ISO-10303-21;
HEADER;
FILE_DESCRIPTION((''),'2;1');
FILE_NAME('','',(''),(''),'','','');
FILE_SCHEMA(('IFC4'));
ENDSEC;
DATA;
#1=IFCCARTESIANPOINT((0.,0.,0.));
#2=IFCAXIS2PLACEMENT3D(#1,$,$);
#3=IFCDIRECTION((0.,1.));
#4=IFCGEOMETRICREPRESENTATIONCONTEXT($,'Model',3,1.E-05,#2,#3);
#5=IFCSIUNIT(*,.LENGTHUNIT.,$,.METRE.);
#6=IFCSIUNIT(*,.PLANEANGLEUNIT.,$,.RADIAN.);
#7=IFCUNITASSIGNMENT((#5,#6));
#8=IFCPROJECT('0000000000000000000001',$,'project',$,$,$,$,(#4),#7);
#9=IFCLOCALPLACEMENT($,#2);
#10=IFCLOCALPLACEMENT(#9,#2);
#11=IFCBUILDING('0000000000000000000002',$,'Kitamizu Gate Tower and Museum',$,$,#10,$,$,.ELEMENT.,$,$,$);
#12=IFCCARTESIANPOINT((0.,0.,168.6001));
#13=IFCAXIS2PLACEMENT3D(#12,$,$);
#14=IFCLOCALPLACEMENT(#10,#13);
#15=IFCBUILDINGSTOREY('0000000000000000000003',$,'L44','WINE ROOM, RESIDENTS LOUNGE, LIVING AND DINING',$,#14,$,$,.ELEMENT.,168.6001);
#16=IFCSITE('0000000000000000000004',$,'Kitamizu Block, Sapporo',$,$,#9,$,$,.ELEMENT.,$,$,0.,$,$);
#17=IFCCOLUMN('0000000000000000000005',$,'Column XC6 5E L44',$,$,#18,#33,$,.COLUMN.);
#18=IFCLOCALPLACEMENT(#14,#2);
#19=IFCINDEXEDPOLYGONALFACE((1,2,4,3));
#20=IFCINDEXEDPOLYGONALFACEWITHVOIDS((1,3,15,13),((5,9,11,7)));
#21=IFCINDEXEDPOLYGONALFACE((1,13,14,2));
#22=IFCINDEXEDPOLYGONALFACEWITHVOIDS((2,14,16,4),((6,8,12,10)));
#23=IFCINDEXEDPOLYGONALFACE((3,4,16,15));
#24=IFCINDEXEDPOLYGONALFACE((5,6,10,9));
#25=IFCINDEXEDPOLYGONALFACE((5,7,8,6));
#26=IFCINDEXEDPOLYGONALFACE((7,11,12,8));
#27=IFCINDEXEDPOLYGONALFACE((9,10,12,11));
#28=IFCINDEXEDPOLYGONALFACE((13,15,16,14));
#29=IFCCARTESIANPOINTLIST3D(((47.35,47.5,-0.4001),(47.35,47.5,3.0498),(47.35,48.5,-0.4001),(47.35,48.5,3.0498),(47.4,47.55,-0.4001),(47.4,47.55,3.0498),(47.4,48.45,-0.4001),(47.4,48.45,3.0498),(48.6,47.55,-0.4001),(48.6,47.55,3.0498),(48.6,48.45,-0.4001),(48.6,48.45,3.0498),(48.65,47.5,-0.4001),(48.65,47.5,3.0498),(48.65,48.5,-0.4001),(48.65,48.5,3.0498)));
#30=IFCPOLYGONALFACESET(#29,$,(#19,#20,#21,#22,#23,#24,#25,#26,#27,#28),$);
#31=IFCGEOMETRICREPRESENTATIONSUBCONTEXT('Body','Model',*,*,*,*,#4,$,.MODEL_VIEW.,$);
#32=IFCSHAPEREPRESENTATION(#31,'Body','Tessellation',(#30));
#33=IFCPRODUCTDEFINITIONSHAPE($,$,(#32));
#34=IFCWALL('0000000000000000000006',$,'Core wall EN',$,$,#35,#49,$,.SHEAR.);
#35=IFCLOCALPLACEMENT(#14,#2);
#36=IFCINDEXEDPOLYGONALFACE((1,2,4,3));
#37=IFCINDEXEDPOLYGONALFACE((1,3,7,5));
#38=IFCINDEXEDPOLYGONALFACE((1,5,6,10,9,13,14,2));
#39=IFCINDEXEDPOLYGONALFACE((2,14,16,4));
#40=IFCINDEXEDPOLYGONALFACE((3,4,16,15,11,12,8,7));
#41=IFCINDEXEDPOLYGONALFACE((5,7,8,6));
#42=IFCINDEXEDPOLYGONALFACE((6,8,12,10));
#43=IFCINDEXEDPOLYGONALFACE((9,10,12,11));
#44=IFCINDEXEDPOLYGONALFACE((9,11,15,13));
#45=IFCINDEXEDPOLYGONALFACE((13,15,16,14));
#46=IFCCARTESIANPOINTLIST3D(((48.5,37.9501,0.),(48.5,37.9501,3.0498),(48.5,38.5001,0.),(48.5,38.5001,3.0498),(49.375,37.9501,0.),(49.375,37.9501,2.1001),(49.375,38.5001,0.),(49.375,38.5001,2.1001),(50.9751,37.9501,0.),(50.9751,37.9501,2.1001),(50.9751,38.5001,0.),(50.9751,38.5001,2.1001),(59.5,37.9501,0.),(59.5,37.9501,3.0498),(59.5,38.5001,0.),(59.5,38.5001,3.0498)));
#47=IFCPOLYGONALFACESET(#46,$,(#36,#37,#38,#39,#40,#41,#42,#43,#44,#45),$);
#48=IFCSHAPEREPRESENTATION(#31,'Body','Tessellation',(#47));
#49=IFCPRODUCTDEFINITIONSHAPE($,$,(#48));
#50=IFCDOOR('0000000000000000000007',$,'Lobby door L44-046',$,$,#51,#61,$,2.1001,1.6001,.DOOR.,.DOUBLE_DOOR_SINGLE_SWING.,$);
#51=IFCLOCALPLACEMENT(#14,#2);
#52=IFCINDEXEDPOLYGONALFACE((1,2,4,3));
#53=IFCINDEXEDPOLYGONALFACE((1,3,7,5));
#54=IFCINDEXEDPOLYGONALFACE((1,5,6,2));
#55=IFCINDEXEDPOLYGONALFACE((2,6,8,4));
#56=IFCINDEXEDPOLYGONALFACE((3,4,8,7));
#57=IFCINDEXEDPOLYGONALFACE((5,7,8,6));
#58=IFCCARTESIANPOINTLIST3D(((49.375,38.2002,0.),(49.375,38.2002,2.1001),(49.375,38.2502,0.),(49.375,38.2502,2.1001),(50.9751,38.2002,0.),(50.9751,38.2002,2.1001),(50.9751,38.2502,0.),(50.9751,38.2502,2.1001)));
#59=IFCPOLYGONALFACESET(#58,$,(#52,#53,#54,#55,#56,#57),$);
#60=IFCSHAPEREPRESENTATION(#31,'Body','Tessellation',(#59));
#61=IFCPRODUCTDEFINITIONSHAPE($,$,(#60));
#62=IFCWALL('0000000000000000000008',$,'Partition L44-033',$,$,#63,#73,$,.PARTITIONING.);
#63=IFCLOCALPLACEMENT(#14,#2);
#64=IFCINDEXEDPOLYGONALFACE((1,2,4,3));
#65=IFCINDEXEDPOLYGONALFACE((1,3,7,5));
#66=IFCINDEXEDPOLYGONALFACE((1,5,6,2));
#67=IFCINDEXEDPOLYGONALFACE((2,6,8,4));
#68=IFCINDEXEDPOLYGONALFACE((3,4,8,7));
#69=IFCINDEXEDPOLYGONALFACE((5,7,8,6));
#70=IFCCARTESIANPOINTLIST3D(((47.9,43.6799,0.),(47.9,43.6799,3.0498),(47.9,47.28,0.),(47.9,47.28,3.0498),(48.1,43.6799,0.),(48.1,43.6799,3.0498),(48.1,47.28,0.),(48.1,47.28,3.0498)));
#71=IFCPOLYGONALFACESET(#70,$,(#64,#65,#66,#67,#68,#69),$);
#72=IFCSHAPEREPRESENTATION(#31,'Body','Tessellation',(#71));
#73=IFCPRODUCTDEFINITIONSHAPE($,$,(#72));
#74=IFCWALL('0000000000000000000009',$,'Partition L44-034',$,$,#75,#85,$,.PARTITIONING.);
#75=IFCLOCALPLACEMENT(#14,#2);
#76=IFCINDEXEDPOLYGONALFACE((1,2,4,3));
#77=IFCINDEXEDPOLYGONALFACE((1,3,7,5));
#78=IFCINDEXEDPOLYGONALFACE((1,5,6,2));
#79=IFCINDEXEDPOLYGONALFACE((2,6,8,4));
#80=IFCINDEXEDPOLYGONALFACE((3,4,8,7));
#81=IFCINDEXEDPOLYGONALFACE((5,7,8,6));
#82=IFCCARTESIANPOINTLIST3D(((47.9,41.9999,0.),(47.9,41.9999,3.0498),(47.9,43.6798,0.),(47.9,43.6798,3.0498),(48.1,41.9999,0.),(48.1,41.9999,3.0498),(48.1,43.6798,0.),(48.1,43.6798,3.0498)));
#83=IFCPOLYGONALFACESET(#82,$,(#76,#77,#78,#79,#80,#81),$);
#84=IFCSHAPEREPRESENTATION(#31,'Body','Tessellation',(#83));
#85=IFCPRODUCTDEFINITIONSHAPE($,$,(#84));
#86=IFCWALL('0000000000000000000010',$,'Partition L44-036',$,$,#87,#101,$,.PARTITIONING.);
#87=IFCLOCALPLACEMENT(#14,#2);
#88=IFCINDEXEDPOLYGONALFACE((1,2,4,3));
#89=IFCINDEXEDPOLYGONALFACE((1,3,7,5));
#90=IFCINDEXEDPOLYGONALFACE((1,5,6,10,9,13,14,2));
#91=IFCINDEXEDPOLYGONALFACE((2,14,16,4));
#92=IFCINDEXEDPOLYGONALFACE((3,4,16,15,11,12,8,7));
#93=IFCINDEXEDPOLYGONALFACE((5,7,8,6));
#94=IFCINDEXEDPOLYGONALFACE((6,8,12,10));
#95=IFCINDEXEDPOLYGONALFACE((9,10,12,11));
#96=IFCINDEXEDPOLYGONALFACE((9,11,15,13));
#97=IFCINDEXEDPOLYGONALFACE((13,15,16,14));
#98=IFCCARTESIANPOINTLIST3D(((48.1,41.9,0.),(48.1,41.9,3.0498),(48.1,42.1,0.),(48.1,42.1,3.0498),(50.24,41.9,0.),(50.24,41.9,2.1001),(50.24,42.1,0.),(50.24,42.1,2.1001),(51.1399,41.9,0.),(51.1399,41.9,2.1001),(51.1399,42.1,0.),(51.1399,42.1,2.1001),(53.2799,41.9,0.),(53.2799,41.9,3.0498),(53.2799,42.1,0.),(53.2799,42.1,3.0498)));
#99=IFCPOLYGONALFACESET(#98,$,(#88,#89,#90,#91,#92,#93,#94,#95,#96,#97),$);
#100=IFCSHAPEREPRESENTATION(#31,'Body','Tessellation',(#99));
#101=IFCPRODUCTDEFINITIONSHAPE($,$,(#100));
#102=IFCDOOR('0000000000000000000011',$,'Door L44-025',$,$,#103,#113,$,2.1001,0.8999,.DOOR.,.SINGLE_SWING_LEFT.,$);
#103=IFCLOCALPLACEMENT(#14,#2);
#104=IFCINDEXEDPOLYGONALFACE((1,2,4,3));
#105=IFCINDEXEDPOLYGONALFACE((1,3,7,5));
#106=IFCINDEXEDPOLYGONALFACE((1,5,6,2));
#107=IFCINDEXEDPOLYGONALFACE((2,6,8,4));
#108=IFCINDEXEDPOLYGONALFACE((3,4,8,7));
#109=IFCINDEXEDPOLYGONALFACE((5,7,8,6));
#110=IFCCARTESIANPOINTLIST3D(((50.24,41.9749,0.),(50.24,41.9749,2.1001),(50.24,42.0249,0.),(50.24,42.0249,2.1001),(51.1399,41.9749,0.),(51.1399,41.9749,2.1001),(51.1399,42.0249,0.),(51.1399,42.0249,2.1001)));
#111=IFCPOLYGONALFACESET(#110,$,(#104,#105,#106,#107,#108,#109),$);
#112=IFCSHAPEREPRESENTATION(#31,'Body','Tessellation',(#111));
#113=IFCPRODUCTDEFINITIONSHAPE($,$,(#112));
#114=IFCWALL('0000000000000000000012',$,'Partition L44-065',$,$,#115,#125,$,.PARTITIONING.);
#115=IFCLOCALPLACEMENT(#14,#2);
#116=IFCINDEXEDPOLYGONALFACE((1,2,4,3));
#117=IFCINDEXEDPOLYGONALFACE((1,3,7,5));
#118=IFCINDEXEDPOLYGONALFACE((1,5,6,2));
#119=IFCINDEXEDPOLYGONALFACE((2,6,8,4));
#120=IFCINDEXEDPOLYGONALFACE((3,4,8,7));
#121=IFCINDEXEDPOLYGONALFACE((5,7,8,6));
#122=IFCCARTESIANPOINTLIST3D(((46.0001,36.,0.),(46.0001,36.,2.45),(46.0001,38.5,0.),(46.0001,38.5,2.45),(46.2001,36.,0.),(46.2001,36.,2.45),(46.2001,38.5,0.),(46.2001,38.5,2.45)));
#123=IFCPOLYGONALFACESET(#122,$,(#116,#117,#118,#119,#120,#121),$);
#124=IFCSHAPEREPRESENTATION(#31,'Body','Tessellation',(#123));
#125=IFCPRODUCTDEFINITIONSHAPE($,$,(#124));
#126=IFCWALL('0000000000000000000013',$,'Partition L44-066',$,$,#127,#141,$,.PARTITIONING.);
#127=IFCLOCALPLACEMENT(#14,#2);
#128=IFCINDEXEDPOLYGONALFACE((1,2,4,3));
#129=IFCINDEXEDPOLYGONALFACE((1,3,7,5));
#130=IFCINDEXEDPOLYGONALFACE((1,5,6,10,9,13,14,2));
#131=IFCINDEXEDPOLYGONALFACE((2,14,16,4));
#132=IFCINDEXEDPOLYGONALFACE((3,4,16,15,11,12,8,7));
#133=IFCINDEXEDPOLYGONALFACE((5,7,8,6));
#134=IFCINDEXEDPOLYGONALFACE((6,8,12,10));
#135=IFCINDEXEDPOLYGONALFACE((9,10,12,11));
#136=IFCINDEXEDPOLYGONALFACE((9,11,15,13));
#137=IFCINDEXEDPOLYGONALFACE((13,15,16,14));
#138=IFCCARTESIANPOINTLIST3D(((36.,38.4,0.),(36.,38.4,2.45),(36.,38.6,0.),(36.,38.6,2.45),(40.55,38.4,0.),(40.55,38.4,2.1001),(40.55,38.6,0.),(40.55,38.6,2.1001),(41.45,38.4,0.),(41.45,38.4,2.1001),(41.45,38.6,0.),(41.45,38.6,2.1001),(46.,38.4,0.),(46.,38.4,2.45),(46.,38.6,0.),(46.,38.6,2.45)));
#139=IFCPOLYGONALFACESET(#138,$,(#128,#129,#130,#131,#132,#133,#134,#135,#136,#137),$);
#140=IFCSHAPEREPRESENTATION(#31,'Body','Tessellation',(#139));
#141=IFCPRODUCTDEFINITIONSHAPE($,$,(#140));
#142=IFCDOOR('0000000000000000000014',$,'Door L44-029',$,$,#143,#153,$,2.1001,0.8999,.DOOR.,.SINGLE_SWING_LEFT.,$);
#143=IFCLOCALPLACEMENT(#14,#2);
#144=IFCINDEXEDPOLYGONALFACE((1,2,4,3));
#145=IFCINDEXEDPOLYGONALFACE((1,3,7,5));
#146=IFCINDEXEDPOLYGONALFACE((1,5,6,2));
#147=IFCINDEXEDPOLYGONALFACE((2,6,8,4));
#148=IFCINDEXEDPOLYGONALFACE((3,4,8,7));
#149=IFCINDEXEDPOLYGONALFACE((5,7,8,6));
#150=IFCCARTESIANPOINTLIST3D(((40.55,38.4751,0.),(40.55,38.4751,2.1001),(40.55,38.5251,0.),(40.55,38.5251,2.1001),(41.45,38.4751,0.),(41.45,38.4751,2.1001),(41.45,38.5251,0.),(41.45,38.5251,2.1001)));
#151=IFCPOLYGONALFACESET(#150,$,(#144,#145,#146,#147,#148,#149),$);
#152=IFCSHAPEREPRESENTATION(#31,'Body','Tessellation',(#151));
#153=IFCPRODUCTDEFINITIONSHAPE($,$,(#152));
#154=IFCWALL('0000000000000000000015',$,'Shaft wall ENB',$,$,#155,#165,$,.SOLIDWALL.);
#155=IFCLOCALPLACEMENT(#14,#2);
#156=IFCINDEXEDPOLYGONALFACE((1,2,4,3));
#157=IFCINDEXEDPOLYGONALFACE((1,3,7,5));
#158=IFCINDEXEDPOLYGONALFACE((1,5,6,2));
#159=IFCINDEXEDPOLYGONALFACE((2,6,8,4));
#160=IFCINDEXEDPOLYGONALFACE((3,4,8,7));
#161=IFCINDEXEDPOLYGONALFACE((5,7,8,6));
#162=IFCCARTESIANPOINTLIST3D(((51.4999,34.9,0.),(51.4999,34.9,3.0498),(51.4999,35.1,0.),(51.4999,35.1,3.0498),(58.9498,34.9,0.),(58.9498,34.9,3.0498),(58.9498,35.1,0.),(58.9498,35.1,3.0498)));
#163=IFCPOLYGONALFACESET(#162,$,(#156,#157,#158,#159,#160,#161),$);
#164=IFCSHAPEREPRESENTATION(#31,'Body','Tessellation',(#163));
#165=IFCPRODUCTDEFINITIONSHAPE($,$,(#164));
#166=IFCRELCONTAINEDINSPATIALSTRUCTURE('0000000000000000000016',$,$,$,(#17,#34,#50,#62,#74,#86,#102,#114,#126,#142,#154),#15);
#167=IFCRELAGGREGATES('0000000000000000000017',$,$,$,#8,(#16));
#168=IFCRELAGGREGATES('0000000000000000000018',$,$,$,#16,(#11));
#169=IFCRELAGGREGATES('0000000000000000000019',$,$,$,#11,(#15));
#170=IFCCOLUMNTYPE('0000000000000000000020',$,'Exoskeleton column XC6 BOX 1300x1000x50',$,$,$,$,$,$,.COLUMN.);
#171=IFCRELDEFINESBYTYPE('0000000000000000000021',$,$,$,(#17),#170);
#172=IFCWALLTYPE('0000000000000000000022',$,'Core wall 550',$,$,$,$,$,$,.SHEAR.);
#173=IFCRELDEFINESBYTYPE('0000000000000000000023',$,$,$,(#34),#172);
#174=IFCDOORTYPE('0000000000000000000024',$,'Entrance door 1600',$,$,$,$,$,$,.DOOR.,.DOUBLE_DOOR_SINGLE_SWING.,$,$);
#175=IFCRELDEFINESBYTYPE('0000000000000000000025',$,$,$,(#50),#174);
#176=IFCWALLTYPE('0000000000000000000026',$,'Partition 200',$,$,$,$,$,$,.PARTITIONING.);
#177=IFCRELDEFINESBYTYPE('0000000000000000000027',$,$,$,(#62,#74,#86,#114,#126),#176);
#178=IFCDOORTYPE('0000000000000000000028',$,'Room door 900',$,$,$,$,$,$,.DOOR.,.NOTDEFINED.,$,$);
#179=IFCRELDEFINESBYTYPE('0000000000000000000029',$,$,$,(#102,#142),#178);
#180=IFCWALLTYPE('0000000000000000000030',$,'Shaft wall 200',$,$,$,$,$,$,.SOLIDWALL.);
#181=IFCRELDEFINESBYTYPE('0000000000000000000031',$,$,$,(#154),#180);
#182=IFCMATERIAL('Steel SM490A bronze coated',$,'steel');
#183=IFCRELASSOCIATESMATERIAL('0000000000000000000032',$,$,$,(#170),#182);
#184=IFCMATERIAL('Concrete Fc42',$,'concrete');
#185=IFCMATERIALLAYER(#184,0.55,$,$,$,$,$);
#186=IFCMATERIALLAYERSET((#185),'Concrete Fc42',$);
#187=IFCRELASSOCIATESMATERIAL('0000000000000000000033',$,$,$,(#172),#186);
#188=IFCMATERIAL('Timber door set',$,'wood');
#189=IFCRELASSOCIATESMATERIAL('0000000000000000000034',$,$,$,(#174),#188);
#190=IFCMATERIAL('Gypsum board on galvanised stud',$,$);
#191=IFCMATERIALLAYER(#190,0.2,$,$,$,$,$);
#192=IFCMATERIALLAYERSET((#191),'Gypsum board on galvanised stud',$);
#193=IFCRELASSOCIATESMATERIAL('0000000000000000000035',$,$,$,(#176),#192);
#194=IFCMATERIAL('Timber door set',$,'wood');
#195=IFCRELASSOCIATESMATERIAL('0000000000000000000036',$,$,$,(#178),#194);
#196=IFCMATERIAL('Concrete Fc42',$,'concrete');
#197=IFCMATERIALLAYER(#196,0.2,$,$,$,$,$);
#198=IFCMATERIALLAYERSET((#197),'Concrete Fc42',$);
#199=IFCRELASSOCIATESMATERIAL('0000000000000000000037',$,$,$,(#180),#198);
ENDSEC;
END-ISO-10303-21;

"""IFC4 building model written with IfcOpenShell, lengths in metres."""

from ifc_helpers import new_model, si_unit, direction, frame, frame_2d, origin, origin_2d, place, context, subcontext, project, spatial, rectangle, hollow_rectangle, extrude, material, layer, layer_set, material_profile, profile_set, type_object, element, fill, save


model = new_model("IFC4")

# Units and contexts
model_context = context("Model", 3, precision=1e-05, world=origin(), true_north=direction((0.0, 1.0)))
body_context = subcontext(model_context, "Body", "Model", "MODEL_VIEW")
ifc_project = project(units=[si_unit("LENGTHUNIT", "METRE"), si_unit("PLANEANGLEUNIT", "RADIAN")], contexts=[model_context])

# Site, building, storey
site_placement = place(None, origin())
site = spatial("IfcSite", under=ifc_project, at=site_placement, Name="Kitamizu Block, Sapporo", CompositionType="ELEMENT", RefElevation=0.0)
building_placement = place(site_placement, origin())
building = spatial("IfcBuilding", under=site, at=building_placement, Name="Kitamizu Gate Tower and Museum", CompositionType="ELEMENT")
storey_placement = place(building_placement, frame((0.0, 0.0, 168.6001)))
storey = spatial("IfcBuildingStorey", under=building, at=storey_placement, Name="L44", Description="WINE ROOM, RESIDENTS LOUNGE, LIVING AND DINING", CompositionType="ELEMENT", Elevation=168.6001)

# Column
ifc_material_1 = material(Name="Steel SM490A bronze coated", Category="steel")
ifc_material_profile = material_profile(ifc_material_1, hollow_rectangle(XDim=1.3, YDim=1.0, WallThickness=0.05, at=origin_2d()), Name="BOX 1300x1000x50")
ifc_profile_set = profile_set([ifc_material_profile], Name="Steel SM490A bronze coated")
column_type = type_object("IfcColumnType", Name="Exoskeleton column XC6 BOX 1300x1000x50", PredefinedType="COLUMN", material=ifc_profile_set)
column_placement = place(storey_placement, frame((48.0, 48.0, -0.4001), z_axis=(0.0, 0.0, 1.0), x_axis=(1.0, 0.0, 0.0)))
element("IfcColumn", 1, at=column_placement, inside=storey, type_object=column_type, Name="Column XC6 5E L44", PredefinedType="COLUMN", context=body_context, shape_type="SweptSolid", body=[
    extrude(hollow_rectangle(XDim=1.3, YDim=1.0, WallThickness=0.05, at=origin_2d()), origin(), (0.0, 0.0, 1.0), 3.45),
])

# Wall, opening, door
ifc_material_2 = material(Name="Concrete Fc42", Category="concrete")
ifc_layer_1 = layer(ifc_material_2, 0.55)
ifc_layer_set_1 = layer_set([ifc_layer_1], Name="Concrete Fc42")
wall_type_1 = type_object("IfcWallType", Name="Core wall 550", PredefinedType="SHEAR", material=ifc_layer_set_1)
wall_1_placement = place(storey_placement, frame((59.5, 38.2251, 0.0), z_axis=(0.0, 0.0, 1.0), x_axis=(-1.0, 0.0, 0.0)))
wall_1 = element("IfcWall", 2, at=wall_1_placement, inside=storey, type_object=wall_type_1, Name="Core wall EN", PredefinedType="SHEAR", context=body_context, shape_type="SweptSolid", body=[
    extrude(rectangle(XDim=11.0, YDim=0.55, at=frame_2d((5.5, 0.0))), origin(), (0.0, 0.0, 1.0), 3.0498),
])
opening_1_placement = place(wall_1_placement, frame((8.5249, 0.0, 0.0)))
opening_1 = element("IfcOpeningElement", 3, at=opening_1_placement, cuts=wall_1, PredefinedType="OPENING", context=body_context, shape_type="SweptSolid", body=[
    extrude(rectangle(XDim=1.6001, YDim=2.1001, at=frame_2d((0.8, 1.05))), frame((0.0, 0.2852, 0.0), z_axis=(0.0, -1.0, 0.0), x_axis=(1.0, 0.0, 0.0)), (0.0, 0.0, 1.0), 0.5701),
])
ifc_material_3 = material(Name="Timber door set", Category="wood")
door_type_1 = type_object("IfcDoorType", Name="Entrance door 1600", OperationType="DOUBLE_DOOR_SINGLE_SWING", PredefinedType="DOOR", material=ifc_material_3)
door_1_placement = place(opening_1_placement, origin())
door_1 = element("IfcDoor", 4, at=door_1_placement, inside=storey, type_object=door_type_1, Name="Lobby door L44-046", OperationType="DOUBLE_DOOR_SINGLE_SWING", OverallHeight=2.1001, OverallWidth=1.6001, PredefinedType="DOOR", context=body_context, shape_type="SweptSolid", body=[
    extrude(rectangle(XDim=1.6001, YDim=2.1001, at=frame_2d((0.8, 1.05))), frame((0.0, 0.0249, 0.0), z_axis=(0.0, -1.0, 0.0), x_axis=(1.0, 0.0, 0.0)), (0.0, 0.0, 1.0), 0.05),
])
fill(opening_1, door_1)

# Walls
ifc_material_4 = material(Name="Gypsum board on galvanised stud")
ifc_layer_2 = layer(ifc_material_4, 0.2)
ifc_layer_set_2 = layer_set([ifc_layer_2], Name="Gypsum board on galvanised stud")
wall_type_2 = type_object("IfcWallType", Name="Partition 200", PredefinedType="PARTITIONING", material=ifc_layer_set_2)
wall_2_placement = place(storey_placement, frame((48.0, 43.6799, 0.0), z_axis=(0.0, 0.0, 1.0), x_axis=(0.0, 1.0, 0.0)))
element("IfcWall", 5, at=wall_2_placement, inside=storey, type_object=wall_type_2, Name="Partition L44-033", PredefinedType="PARTITIONING", context=body_context, shape_type="SweptSolid", body=[
    extrude(rectangle(XDim=3.6001, YDim=0.2, at=frame_2d((1.8, 0.0))), origin(), (0.0, 0.0, 1.0), 3.0498),
])
wall_3_placement = place(storey_placement, frame((48.0, 42.0, 0.0), z_axis=(0.0, 0.0, 1.0), x_axis=(0.0, 1.0, 0.0)))
element("IfcWall", 6, at=wall_3_placement, inside=storey, type_object=wall_type_2, Name="Partition L44-034", PredefinedType="PARTITIONING", context=body_context, shape_type="SweptSolid", body=[
    extrude(rectangle(XDim=1.6799, YDim=0.2, at=frame_2d((0.8398, 0.0))), origin(), (0.0, 0.0, 1.0), 3.0498),
])

# Wall, opening, door
wall_4_placement = place(storey_placement, frame((48.1001, 42.0, 0.0), z_axis=(0.0, 0.0, 1.0), x_axis=(1.0, 0.0, 0.0)))
wall_4 = element("IfcWall", 7, at=wall_4_placement, inside=storey, type_object=wall_type_2, Name="Partition L44-036", PredefinedType="PARTITIONING", context=body_context, shape_type="SweptSolid", body=[
    extrude(rectangle(XDim=5.1799, YDim=0.2, at=frame_2d((2.5898, 0.0))), origin(), (0.0, 0.0, 1.0), 3.0498),
])
opening_2_placement = place(wall_4_placement, frame((2.1399, 0.0, 0.0)))
opening_2 = element("IfcOpeningElement", 8, at=opening_2_placement, cuts=wall_4, PredefinedType="OPENING", context=body_context, shape_type="SweptSolid", body=[
    extrude(rectangle(XDim=0.8999, YDim=2.1001, at=frame_2d((0.45, 1.05))), frame((0.0, 0.1099, 0.0), z_axis=(0.0, -1.0, 0.0), x_axis=(1.0, 0.0, 0.0)), (0.0, 0.0, 1.0), 0.22),
])
ifc_material_5 = material(Name="Timber door set", Category="wood")
door_type_2 = type_object("IfcDoorType", Name="Room door 900", OperationType="NOTDEFINED", PredefinedType="DOOR", material=ifc_material_5)
door_2_placement = place(opening_2_placement, origin())
door_2 = element("IfcDoor", 9, at=door_2_placement, inside=storey, type_object=door_type_2, Name="Door L44-025", OperationType="SINGLE_SWING_LEFT", OverallHeight=2.1001, OverallWidth=0.8999, PredefinedType="DOOR", context=body_context, shape_type="SweptSolid", body=[
    extrude(rectangle(XDim=0.8999, YDim=2.1001, at=frame_2d((0.45, 1.05))), frame((0.0, 0.0249, 0.0), z_axis=(0.0, -1.0, 0.0), x_axis=(1.0, 0.0, 0.0)), (0.0, 0.0, 1.0), 0.05),
])
fill(opening_2, door_2)

# Wall
wall_5_placement = place(storey_placement, frame((46.1001, 36.0, 0.0), z_axis=(0.0, 0.0, 1.0), x_axis=(0.0, 1.0, 0.0)))
element("IfcWall", 10, at=wall_5_placement, inside=storey, type_object=wall_type_2, Name="Partition L44-065", PredefinedType="PARTITIONING", context=body_context, shape_type="SweptSolid", body=[
    extrude(rectangle(XDim=2.5, YDim=0.2, at=frame_2d((1.25, 0.0))), origin(), (0.0, 0.0, 1.0), 2.45),
])

# Wall, opening, door
wall_6_placement = place(storey_placement, frame((46.0, 38.5, 0.0), z_axis=(0.0, 0.0, 1.0), x_axis=(-1.0, 0.0, 0.0)))
wall_6 = element("IfcWall", 11, at=wall_6_placement, inside=storey, type_object=wall_type_2, Name="Partition L44-066", PredefinedType="PARTITIONING", context=body_context, shape_type="SweptSolid", body=[
    extrude(rectangle(XDim=10.0, YDim=0.2, at=frame_2d((5.0, 0.0))), origin(), (0.0, 0.0, 1.0), 2.45),
])
opening_3_placement = place(wall_6_placement, frame((4.55, 0.0, 0.0)))
opening_3 = element("IfcOpeningElement", 12, at=opening_3_placement, cuts=wall_6, PredefinedType="OPENING", context=body_context, shape_type="SweptSolid", body=[
    extrude(rectangle(XDim=0.8999, YDim=2.1001, at=frame_2d((0.45, 1.05))), frame((0.0, 0.1099, 0.0), z_axis=(0.0, -1.0, 0.0), x_axis=(1.0, 0.0, 0.0)), (0.0, 0.0, 1.0), 0.22),
])
door_3_placement = place(opening_3_placement, origin())
door_3 = element("IfcDoor", 13, at=door_3_placement, inside=storey, type_object=door_type_2, Name="Door L44-029", OperationType="SINGLE_SWING_LEFT", OverallHeight=2.1001, OverallWidth=0.8999, PredefinedType="DOOR", context=body_context, shape_type="SweptSolid", body=[
    extrude(rectangle(XDim=0.8999, YDim=2.1001, at=frame_2d((0.45, 1.05))), frame((0.0, 0.0249, 0.0), z_axis=(0.0, -1.0, 0.0), x_axis=(1.0, 0.0, 0.0)), (0.0, 0.0, 1.0), 0.05),
])
fill(opening_3, door_3)

# Wall
ifc_material_6 = material(Name="Concrete Fc42", Category="concrete")
ifc_layer_3 = layer(ifc_material_6, 0.2)
ifc_layer_set_3 = layer_set([ifc_layer_3], Name="Concrete Fc42")
wall_type_3 = type_object("IfcWallType", Name="Shaft wall 200", PredefinedType="SOLIDWALL", material=ifc_layer_set_3)
wall_7_placement = place(storey_placement, frame((58.95, 35.0, 0.0), z_axis=(0.0, 0.0, 1.0), x_axis=(-1.0, 0.0, 0.0)))
element("IfcWall", 14, at=wall_7_placement, inside=storey, type_object=wall_type_3, Name="Shaft wall ENB", PredefinedType="SOLIDWALL", context=body_context, shape_type="SweptSolid", body=[
    extrude(rectangle(XDim=7.45, YDim=0.2, at=frame_2d((3.7251, 0.0))), origin(), (0.0, 0.0, 1.0), 3.0498),
])

save(model, "model.ifc")
